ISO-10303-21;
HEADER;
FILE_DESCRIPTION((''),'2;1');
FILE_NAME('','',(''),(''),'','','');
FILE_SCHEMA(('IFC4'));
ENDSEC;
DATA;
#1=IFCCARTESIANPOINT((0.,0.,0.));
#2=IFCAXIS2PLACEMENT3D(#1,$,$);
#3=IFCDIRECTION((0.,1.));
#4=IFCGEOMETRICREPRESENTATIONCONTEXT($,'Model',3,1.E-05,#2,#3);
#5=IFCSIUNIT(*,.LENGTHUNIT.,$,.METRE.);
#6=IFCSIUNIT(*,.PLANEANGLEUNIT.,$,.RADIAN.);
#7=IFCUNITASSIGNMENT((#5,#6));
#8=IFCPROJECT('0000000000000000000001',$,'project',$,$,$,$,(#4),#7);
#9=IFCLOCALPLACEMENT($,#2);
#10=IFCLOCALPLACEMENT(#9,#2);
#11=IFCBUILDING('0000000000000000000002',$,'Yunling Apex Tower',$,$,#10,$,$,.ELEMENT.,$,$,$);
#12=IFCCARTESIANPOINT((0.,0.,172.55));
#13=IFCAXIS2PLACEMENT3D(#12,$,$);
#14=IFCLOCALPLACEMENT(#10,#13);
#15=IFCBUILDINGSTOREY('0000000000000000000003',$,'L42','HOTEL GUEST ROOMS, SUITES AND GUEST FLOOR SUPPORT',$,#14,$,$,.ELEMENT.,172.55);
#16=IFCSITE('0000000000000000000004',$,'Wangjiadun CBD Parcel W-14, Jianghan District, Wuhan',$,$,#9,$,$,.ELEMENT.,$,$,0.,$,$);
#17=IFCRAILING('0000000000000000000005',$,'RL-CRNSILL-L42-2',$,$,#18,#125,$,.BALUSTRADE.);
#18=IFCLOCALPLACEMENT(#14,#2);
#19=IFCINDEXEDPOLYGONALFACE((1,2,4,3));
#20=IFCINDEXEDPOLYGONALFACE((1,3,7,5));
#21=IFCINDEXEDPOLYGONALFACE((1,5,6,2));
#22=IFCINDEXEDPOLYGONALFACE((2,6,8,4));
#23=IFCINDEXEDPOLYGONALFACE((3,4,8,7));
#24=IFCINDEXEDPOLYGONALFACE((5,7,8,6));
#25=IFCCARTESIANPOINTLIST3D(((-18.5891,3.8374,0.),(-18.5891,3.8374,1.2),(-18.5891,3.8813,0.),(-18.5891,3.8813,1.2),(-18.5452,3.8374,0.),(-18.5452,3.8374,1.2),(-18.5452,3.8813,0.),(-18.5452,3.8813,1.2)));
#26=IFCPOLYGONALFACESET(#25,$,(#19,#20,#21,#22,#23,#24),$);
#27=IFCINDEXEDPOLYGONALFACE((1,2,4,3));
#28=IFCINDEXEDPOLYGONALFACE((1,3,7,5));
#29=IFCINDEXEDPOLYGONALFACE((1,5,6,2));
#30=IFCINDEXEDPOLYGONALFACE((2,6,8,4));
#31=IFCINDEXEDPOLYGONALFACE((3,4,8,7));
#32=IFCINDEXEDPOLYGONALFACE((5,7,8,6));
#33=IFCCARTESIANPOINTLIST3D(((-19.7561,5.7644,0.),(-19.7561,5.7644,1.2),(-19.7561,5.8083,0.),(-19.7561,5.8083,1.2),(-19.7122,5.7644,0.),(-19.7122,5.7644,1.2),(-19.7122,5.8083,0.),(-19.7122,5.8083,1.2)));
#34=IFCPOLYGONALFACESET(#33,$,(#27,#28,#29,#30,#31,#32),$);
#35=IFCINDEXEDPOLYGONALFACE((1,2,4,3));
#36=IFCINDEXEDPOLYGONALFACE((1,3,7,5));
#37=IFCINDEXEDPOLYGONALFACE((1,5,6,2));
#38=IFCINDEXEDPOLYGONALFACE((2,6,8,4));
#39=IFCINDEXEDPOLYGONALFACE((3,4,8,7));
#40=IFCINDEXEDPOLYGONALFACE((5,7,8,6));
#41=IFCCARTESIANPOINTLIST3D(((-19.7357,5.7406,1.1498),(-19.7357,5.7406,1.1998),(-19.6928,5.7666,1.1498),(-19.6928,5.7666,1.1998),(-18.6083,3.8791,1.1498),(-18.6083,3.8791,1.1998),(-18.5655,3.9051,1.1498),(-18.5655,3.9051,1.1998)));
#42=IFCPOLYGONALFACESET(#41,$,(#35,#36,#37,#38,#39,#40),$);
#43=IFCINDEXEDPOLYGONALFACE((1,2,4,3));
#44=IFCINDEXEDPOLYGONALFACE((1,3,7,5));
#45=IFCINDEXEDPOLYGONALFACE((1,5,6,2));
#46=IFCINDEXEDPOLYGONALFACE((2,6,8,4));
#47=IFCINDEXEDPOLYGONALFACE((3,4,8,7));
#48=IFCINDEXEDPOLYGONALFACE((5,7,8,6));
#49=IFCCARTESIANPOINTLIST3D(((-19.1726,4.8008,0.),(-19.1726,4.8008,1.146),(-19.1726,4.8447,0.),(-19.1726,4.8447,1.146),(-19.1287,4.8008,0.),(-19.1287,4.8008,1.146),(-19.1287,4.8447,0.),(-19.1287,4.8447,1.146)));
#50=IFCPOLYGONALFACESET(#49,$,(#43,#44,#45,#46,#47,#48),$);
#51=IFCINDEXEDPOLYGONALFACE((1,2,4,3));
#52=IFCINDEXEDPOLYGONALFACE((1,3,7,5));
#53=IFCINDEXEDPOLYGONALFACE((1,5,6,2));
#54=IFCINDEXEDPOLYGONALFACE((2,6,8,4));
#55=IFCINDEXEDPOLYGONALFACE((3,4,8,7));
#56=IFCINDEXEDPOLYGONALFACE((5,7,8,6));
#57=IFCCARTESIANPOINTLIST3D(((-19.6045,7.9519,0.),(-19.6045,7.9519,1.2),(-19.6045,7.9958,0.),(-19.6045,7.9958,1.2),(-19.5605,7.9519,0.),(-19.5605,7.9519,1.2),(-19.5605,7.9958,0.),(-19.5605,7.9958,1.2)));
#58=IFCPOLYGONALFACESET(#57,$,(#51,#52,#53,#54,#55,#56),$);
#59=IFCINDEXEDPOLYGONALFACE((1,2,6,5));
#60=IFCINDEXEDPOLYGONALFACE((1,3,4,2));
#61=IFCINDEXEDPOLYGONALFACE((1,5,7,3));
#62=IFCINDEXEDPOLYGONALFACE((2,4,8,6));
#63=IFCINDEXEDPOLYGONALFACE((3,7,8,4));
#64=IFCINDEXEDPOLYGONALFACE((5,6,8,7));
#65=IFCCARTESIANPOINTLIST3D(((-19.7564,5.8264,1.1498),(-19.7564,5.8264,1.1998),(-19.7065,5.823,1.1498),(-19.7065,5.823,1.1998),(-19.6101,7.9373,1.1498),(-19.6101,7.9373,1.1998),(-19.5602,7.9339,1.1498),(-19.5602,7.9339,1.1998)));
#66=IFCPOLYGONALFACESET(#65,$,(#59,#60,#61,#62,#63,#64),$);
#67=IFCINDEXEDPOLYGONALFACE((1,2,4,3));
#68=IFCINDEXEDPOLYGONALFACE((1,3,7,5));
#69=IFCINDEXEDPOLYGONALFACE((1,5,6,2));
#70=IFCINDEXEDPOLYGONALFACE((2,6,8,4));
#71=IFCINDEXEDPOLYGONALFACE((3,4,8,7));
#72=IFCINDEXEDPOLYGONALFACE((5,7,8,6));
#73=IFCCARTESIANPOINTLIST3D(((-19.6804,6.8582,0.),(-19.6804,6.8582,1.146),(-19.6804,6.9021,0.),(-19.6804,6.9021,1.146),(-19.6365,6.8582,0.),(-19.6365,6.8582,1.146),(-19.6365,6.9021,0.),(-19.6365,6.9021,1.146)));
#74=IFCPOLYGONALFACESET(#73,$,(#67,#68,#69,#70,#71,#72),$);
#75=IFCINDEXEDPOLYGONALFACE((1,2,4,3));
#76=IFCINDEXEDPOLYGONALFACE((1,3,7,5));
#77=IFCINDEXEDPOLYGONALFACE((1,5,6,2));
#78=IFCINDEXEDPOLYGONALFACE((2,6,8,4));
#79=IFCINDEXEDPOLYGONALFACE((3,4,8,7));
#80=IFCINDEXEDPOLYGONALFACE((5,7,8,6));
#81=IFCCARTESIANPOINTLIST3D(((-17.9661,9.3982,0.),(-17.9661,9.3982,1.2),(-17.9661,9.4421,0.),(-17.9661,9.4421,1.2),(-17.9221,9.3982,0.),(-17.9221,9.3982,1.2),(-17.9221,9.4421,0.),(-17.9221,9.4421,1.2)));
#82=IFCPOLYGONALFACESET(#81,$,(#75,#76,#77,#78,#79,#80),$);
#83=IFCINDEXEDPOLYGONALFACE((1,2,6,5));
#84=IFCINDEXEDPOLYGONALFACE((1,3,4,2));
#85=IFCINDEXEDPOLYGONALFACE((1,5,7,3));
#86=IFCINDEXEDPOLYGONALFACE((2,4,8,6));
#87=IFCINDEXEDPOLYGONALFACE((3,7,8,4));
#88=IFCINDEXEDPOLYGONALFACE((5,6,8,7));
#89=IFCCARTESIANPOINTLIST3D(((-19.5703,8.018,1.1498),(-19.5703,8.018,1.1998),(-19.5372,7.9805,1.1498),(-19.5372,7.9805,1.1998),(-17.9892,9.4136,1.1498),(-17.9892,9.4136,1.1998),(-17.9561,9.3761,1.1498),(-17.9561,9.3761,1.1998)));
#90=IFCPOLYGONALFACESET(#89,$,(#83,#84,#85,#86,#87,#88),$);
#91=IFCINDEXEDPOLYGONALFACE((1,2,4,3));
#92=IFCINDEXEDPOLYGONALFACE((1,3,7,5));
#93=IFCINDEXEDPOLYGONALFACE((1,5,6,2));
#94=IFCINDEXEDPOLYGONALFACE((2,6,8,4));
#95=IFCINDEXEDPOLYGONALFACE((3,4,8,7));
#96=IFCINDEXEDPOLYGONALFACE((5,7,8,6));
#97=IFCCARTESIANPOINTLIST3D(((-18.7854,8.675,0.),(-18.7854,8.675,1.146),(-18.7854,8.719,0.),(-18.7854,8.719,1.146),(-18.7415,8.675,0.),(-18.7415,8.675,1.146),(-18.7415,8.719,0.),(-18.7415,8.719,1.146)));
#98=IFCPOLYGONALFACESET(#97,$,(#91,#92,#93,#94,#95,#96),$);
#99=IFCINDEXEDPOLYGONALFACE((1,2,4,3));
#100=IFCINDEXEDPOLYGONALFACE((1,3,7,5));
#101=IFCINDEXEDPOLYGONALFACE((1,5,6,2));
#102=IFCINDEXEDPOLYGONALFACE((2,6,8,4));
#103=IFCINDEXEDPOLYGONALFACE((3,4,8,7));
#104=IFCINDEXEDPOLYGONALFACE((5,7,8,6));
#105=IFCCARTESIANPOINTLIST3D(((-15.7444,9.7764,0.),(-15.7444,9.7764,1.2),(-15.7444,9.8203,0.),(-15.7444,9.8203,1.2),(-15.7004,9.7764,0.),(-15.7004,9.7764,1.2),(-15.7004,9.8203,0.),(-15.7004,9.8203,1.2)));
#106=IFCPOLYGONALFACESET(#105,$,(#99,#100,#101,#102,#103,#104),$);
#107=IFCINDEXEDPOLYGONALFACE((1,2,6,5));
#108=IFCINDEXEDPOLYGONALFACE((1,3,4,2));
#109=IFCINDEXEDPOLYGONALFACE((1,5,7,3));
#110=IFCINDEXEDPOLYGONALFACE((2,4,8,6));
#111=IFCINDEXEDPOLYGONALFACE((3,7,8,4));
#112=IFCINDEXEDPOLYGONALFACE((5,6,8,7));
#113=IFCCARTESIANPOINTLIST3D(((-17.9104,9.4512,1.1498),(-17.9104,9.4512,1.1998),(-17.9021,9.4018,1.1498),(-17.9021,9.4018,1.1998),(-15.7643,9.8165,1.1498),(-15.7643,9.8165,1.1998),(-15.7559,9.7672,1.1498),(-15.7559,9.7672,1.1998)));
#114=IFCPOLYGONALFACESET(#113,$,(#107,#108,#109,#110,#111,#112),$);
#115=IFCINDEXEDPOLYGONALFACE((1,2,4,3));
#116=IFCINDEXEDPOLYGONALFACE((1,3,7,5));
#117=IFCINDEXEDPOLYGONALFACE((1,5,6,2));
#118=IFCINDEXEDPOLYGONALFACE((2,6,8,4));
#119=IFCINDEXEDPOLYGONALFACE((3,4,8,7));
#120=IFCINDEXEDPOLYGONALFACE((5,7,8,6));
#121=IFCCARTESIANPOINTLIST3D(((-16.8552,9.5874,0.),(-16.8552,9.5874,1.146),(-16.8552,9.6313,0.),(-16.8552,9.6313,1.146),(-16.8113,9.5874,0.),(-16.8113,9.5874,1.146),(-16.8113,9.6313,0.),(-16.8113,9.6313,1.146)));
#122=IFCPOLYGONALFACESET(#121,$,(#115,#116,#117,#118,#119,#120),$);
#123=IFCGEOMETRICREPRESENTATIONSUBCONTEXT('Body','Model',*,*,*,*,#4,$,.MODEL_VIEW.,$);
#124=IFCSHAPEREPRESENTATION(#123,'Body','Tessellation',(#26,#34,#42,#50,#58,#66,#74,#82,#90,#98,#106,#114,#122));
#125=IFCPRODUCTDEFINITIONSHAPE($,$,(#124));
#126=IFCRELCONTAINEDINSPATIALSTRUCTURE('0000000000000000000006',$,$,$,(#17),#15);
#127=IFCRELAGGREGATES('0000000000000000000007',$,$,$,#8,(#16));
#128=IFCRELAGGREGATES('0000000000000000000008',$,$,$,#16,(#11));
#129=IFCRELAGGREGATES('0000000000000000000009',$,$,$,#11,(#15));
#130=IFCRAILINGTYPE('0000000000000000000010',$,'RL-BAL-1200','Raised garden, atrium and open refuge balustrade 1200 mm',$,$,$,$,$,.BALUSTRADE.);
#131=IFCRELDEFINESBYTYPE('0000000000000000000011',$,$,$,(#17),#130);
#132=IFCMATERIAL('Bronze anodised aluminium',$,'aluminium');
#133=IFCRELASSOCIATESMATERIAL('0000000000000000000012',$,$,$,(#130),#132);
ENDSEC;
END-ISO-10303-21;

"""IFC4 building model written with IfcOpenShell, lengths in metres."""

from ifc_helpers import new_model, si_unit, direction, frame, origin, origin_2d, place, context, subcontext, project, spatial, rectangle, extrude, material, type_object, element, save


model = new_model("IFC4")

# Units and contexts
model_context = context("Model", 3, precision=1e-05, world=origin(), true_north=direction((0.0, 1.0)))
body_context = subcontext(model_context, "Body", "Model", "MODEL_VIEW")
ifc_project = project(units=[si_unit("LENGTHUNIT", "METRE"), si_unit("PLANEANGLEUNIT", "RADIAN")], contexts=[model_context])

# Site, building, storey
site_placement = place(None, origin())
site = spatial("IfcSite", under=ifc_project, at=site_placement, Name="Wangjiadun CBD Parcel W-14, Jianghan District, Wuhan", CompositionType="ELEMENT", RefElevation=0.0)
building_placement = place(site_placement, origin())
building = spatial("IfcBuilding", under=site, at=building_placement, Name="Yunling Apex Tower", CompositionType="ELEMENT")
storey_placement = place(building_placement, frame((0.0, 0.0, 172.55)))
storey = spatial("IfcBuildingStorey", under=building, at=storey_placement, Name="L42", Description="HOTEL GUEST ROOMS, SUITES AND GUEST FLOOR SUPPORT", CompositionType="ELEMENT", Elevation=172.55)

# Shared definitions
ifc_material_1 = material(Name="Bronze anodised aluminium", Category="aluminium")

# Railing
railing_type = type_object("IfcRailingType", Name="RL-BAL-1200", Description="Raised garden, atrium and open refuge balustrade 1200 mm", PredefinedType="BALUSTRADE", material=ifc_material_1)
railing_placement = place(storey_placement, frame((-18.5671, 3.8594, 0.0)))
element("IfcRailing", 1, at=railing_placement, inside=storey, type_object=railing_type, Name="RL-CRNSILL-L42-2", PredefinedType="BALUSTRADE", context=body_context, shape_type="SweptSolid", body=[
    extrude(rectangle(XDim=0.0439, YDim=0.0439, at=origin_2d()), origin(), (0.0, 0.0, 1.0), 1.2),
    extrude(rectangle(XDim=0.0439, YDim=0.0439, at=origin_2d()), frame((-1.167, 1.927, 0.0)), (0.0, 0.0, 1.0), 1.2),
    extrude(rectangle(XDim=0.05, YDim=0.05, at=origin_2d()), frame((-0.0198, 0.0327, 1.1748), z_axis=(-0.518013, 0.855372, 0.0), x_axis=(-0.855372, -0.518013, 0.0)), (0.0, 0.0, 1.0), 2.1763),
    extrude(rectangle(XDim=0.0439, YDim=0.0439, at=origin_2d()), frame((-0.5835, 0.9634, 0.0)), (0.0, 0.0, 1.0), 1.146),
    extrude(rectangle(XDim=0.0439, YDim=0.0439, at=origin_2d()), frame((-1.0154, 4.1145, 0.0)), (0.0, 0.0, 1.0), 1.2),
    extrude(rectangle(XDim=0.05, YDim=0.05, at=origin_2d()), frame((-1.1643, 1.9653, 1.1748), z_axis=(0.069142, 0.997607, 0.0), x_axis=(-0.997607, 0.069142, 0.0)), (0.0, 0.0, 1.0), 2.116),
    extrude(rectangle(XDim=0.0439, YDim=0.0439, at=origin_2d()), frame((-1.0913, 3.0208, 0.0)), (0.0, 0.0, 1.0), 1.146),
    extrude(rectangle(XDim=0.0439, YDim=0.0439, at=origin_2d()), frame((0.623, 5.5608, 0.0)), (0.0, 0.0, 1.0), 1.2),
    extrude(rectangle(XDim=0.05, YDim=0.05, at=origin_2d()), frame((-0.9866, 4.1399, 1.1748), z_axis=(0.749698, 0.66178, 0.0), x_axis=(-0.66178, 0.749698, 0.0)), (0.0, 0.0, 1.0), 2.1089),
    extrude(rectangle(XDim=0.0439, YDim=0.0439, at=origin_2d()), frame((-0.1963, 4.8376, 0.0)), (0.0, 0.0, 1.0), 1.146),
    extrude(rectangle(XDim=0.0439, YDim=0.0439, at=origin_2d()), frame((2.8447, 5.939, 0.0)), (0.0, 0.0, 1.0), 1.2),
    extrude(rectangle(XDim=0.05, YDim=0.05, at=origin_2d()), frame((0.6609, 5.5671, 1.1748), z_axis=(0.98582, 0.167806, 0.0), x_axis=(-0.167806, 0.98582, 0.0)), (0.0, 0.0, 1.0), 2.177),
    extrude(rectangle(XDim=0.0439, YDim=0.0439, at=origin_2d()), frame((1.7339, 5.75, 0.0)), (0.0, 0.0, 1.0), 1.146),
])

save(model, "model.ifc")
